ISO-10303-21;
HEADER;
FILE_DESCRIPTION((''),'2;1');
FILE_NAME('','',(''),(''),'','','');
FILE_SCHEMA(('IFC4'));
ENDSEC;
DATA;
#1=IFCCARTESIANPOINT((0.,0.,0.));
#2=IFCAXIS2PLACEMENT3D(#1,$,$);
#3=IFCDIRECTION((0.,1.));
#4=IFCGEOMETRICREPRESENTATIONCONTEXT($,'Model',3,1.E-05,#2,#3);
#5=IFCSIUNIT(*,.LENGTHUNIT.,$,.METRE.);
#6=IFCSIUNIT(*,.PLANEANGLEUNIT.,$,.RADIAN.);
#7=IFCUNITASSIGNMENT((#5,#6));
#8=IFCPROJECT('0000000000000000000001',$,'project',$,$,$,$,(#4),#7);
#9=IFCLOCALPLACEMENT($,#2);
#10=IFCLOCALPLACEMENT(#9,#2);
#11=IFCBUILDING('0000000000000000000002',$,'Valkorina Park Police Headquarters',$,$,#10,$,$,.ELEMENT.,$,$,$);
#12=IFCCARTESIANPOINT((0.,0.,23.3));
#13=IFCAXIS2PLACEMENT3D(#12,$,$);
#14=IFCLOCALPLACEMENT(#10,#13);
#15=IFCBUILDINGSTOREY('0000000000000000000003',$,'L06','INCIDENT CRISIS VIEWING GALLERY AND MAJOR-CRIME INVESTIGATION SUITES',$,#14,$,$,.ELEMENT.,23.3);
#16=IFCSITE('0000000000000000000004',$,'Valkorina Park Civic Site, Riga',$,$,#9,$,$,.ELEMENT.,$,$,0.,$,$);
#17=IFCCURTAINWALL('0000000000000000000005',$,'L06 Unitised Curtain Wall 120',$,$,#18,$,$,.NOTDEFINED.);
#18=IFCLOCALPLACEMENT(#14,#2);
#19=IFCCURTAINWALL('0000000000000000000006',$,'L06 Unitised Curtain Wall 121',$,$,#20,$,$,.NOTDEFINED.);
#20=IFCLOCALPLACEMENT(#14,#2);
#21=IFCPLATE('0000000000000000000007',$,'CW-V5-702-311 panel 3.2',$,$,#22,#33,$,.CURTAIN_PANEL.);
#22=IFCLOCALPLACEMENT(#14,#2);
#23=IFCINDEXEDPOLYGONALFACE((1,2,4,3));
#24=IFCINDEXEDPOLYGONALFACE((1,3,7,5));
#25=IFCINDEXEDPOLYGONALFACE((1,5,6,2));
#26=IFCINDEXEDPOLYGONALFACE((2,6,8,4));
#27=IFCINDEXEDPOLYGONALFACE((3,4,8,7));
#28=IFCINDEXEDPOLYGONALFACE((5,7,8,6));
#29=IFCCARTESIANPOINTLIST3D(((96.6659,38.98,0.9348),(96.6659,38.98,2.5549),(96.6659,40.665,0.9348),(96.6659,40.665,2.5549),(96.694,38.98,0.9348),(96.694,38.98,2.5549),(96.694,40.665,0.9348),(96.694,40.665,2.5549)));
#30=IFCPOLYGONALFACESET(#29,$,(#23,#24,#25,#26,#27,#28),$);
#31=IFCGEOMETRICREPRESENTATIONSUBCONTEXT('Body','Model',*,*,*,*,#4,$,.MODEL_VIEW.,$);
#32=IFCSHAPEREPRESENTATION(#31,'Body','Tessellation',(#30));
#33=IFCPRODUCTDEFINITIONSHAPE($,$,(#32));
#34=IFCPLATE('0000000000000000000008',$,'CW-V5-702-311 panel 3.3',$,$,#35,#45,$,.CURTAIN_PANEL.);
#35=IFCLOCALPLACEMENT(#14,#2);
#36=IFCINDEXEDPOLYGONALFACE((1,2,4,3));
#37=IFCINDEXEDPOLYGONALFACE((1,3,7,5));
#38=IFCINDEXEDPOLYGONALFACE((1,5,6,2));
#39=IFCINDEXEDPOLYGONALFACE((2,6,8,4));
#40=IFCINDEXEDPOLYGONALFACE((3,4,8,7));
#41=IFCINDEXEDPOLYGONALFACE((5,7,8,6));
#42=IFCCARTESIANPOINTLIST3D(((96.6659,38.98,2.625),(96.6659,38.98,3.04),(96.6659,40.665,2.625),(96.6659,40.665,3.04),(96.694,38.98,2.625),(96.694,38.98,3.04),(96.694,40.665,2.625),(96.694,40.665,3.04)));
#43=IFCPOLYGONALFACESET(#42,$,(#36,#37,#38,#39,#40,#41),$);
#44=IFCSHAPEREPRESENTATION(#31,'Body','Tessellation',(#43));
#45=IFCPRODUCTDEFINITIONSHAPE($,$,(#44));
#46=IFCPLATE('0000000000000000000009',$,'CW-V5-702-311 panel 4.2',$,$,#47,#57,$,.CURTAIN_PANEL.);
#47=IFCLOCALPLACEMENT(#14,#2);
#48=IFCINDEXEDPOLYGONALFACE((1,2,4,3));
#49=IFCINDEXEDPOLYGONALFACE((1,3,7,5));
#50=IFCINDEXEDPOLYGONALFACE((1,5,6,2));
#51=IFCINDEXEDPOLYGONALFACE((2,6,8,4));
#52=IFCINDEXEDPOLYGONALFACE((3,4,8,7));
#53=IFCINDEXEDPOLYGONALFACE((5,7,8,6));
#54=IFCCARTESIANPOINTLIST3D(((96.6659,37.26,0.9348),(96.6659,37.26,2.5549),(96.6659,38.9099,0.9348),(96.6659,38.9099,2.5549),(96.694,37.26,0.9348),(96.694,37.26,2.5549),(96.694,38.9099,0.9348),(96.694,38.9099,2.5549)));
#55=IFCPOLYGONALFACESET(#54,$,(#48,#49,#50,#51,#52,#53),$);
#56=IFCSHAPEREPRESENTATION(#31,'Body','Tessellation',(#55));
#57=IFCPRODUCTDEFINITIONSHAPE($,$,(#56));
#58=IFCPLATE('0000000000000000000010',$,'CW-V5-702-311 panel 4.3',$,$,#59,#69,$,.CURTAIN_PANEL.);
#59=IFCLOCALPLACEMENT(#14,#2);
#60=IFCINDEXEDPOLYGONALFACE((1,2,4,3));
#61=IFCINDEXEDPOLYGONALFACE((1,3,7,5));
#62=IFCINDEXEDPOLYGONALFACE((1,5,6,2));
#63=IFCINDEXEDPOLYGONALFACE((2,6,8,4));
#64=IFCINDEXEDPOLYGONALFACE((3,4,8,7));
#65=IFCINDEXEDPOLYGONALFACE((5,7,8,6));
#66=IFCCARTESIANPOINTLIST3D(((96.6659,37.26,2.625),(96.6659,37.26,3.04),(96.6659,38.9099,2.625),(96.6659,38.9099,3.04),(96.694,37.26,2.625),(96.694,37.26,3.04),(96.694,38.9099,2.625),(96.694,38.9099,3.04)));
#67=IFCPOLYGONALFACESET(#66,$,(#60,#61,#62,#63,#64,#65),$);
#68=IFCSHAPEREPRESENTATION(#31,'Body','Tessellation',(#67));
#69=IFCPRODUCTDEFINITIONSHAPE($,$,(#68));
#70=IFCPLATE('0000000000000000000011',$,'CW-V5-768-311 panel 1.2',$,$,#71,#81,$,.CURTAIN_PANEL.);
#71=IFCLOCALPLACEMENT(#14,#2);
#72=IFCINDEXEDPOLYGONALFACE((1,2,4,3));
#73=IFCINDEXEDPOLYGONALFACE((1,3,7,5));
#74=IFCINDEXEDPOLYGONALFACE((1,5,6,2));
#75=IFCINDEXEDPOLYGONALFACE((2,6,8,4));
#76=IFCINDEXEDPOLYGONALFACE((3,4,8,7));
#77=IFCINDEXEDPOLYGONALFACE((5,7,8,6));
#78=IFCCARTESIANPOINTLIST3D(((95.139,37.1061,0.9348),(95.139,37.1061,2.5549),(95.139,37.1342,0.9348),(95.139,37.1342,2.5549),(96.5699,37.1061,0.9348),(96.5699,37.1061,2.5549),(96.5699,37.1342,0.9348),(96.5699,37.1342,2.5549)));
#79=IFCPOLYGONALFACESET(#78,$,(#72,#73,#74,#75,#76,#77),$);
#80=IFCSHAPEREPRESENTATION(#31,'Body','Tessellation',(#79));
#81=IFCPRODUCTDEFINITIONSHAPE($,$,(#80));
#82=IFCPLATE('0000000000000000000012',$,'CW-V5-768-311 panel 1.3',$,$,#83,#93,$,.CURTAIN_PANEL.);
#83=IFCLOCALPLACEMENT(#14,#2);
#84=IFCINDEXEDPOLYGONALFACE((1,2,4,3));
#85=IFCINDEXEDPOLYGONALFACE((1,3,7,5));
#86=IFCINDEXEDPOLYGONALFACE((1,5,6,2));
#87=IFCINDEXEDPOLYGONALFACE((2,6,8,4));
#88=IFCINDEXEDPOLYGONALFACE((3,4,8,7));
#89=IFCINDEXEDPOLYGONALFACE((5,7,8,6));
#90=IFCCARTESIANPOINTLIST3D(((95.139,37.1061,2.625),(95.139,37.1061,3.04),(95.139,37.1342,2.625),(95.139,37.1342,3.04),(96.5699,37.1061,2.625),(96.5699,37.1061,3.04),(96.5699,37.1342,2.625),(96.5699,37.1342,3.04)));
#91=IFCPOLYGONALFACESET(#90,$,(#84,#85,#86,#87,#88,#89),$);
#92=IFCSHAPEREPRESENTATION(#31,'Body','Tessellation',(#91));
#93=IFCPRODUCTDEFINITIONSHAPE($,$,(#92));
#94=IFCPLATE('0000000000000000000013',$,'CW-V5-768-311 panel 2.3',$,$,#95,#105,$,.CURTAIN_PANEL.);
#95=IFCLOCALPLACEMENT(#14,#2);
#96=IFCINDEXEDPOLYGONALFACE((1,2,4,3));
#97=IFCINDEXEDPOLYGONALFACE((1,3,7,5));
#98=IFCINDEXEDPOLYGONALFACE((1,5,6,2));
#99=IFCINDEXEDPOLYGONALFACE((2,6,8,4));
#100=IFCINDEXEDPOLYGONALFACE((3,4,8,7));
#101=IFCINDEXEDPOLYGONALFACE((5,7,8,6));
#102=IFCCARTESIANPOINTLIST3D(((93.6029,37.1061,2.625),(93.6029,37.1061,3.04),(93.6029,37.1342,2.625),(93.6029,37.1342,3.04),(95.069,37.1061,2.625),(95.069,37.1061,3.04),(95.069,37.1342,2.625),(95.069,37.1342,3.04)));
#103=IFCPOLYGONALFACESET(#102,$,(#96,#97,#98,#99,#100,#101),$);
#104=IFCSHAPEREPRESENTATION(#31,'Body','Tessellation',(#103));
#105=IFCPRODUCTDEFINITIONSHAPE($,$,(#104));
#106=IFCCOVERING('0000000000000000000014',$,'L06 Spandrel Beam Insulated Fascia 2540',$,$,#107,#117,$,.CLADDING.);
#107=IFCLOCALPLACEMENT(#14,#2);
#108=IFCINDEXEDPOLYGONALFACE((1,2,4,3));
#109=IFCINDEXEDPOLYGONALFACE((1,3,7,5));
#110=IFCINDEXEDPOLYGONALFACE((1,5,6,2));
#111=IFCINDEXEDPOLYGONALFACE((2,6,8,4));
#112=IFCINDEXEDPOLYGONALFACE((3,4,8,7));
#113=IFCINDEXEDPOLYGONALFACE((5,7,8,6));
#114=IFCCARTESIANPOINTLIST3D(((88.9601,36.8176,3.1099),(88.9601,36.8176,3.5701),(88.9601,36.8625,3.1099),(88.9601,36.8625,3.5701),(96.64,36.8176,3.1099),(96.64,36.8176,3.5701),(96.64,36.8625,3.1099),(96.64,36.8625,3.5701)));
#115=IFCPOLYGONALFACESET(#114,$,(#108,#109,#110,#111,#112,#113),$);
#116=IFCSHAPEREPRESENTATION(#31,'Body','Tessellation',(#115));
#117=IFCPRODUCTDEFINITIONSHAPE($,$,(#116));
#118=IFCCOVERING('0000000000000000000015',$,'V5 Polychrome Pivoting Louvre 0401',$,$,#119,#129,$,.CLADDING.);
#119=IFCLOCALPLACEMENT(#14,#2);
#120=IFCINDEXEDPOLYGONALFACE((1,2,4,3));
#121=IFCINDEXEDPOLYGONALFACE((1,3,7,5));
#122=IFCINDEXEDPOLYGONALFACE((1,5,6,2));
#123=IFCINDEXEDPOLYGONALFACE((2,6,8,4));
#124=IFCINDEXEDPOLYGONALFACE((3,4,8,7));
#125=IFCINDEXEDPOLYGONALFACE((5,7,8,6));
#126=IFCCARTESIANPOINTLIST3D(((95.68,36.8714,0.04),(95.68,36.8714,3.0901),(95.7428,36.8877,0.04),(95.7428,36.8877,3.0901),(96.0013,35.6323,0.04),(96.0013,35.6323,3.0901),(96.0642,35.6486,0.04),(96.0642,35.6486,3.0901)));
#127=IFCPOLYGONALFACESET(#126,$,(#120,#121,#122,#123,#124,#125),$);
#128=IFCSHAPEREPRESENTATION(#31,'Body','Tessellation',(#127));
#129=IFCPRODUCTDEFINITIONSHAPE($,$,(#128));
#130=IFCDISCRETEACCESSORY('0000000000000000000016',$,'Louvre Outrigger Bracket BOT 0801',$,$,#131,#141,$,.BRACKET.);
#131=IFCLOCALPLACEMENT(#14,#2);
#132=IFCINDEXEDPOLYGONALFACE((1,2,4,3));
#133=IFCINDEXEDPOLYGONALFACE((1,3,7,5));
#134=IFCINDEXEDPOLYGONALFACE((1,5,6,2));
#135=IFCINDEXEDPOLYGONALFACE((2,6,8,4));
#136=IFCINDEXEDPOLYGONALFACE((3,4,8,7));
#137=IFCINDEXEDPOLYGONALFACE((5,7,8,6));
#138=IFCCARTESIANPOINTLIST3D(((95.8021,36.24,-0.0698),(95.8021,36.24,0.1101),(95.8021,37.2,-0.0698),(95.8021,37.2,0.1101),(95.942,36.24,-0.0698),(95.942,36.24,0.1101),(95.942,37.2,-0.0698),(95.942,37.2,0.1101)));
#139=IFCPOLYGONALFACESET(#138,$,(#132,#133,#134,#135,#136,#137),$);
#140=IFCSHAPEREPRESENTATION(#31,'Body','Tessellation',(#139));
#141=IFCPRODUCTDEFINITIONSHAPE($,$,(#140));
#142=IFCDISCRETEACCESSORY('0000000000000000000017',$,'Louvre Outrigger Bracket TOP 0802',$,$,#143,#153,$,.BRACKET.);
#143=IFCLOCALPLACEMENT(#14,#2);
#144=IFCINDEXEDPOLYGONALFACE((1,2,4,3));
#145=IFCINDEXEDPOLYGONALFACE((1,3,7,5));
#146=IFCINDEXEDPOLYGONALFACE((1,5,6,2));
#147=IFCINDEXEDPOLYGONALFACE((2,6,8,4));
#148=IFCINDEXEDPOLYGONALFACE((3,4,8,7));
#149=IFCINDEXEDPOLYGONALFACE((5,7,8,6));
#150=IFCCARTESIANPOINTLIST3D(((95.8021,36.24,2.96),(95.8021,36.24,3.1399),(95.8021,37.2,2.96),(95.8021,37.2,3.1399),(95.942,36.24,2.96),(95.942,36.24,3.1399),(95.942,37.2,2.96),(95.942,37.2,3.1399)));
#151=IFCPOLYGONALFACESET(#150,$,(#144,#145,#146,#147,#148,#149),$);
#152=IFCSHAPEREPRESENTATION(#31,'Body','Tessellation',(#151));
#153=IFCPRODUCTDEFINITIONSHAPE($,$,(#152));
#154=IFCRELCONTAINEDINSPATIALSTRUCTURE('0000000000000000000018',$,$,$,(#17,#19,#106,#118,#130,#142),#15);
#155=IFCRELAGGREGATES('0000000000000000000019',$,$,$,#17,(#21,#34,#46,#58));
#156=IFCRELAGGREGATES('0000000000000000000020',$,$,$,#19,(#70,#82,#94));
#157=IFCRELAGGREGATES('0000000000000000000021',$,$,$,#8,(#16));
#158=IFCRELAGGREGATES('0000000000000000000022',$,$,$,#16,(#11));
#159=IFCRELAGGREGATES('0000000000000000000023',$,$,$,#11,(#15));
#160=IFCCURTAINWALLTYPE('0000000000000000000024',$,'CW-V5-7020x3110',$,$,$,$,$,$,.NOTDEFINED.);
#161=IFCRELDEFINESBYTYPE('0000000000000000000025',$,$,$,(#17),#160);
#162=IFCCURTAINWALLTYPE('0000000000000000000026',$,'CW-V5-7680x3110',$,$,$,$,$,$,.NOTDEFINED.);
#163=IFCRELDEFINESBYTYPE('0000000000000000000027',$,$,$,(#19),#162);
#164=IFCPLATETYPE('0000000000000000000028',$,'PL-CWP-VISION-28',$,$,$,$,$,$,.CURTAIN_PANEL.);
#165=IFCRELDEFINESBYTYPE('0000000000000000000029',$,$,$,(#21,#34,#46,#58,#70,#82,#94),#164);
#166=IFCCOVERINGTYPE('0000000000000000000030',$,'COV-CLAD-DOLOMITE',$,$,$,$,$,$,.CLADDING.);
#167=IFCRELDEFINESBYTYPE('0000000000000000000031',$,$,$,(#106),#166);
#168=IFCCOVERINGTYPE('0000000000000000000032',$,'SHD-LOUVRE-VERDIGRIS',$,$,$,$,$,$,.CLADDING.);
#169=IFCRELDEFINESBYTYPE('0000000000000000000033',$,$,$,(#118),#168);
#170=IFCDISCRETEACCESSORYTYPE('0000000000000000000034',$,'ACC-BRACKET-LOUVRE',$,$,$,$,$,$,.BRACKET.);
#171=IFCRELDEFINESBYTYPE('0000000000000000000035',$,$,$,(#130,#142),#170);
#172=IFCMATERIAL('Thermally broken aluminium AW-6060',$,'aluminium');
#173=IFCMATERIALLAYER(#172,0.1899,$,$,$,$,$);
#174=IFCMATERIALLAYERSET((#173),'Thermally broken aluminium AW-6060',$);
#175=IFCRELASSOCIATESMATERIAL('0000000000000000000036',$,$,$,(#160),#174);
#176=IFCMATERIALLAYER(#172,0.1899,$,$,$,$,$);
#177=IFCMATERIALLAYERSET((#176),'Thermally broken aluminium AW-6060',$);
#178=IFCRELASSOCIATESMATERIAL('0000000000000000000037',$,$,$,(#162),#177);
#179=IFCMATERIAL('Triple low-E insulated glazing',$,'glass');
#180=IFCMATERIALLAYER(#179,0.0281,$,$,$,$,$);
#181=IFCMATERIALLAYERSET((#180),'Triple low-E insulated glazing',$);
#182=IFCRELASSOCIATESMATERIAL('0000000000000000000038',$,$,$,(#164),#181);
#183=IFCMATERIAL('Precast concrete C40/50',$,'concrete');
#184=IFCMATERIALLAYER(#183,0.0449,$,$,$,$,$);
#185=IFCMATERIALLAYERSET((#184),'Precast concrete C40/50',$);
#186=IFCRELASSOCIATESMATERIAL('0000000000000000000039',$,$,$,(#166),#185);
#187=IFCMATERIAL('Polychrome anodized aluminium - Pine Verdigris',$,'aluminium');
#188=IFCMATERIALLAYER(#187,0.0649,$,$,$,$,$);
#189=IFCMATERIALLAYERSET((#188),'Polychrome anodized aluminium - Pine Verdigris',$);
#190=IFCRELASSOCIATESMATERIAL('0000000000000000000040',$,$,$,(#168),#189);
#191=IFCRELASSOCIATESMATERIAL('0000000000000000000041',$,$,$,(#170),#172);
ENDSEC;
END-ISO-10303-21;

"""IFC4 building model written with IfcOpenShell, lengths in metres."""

from ifc_helpers import new_model, si_unit, direction, frame, frame_2d, origin, origin_2d, place, context, subcontext, project, spatial, rectangle, extrude, material, layer, layer_set, type_object, element, aggregate, save


model = new_model("IFC4")

# Units and contexts
model_context = context("Model", 3, precision=1e-05, world=origin(), true_north=direction((0.0, 1.0)))
body_context = subcontext(model_context, "Body", "Model", "MODEL_VIEW")
ifc_project = project(units=[si_unit("LENGTHUNIT", "METRE"), si_unit("PLANEANGLEUNIT", "RADIAN")], contexts=[model_context])

# Site, building, storey
site_placement = place(None, origin())
site = spatial("IfcSite", under=ifc_project, at=site_placement, Name="Valkorina Park Civic Site, Riga", CompositionType="ELEMENT", RefElevation=0.0)
building_placement = place(site_placement, origin())
building = spatial("IfcBuilding", under=site, at=building_placement, Name="Valkorina Park Police Headquarters", CompositionType="ELEMENT")
storey_placement = place(building_placement, frame((0.0, 0.0, 23.3)))
storey = spatial("IfcBuildingStorey", under=building, at=storey_placement, Name="L06", Description="INCIDENT CRISIS VIEWING GALLERY AND MAJOR-CRIME INVESTIGATION SUITES", CompositionType="ELEMENT", Elevation=23.3)

# Curtain walls
ifc_material_1 = material(Name="Thermally broken aluminium AW-6060", Category="aluminium")
ifc_layer_1 = layer(ifc_material_1, 0.1899)
ifc_layer_set_1 = layer_set([ifc_layer_1], Name="Thermally broken aluminium AW-6060")
curtain_wall_type_1 = type_object("IfcCurtainWallType", Name="CW-V5-7020x3110", PredefinedType="NOTDEFINED", material=ifc_layer_set_1)
curtain_wall_1_placement = place(storey_placement, origin())
curtain_wall_1 = element("IfcCurtainWall", 1, at=curtain_wall_1_placement, inside=storey, type_object=curtain_wall_type_1, Name="L06 Unitised Curtain Wall 120", PredefinedType="NOTDEFINED")
ifc_layer_2 = layer(ifc_material_1, 0.1899)
ifc_layer_set_2 = layer_set([ifc_layer_2], Name="Thermally broken aluminium AW-6060")
curtain_wall_type_2 = type_object("IfcCurtainWallType", Name="CW-V5-7680x3110", PredefinedType="NOTDEFINED", material=ifc_layer_set_2)
curtain_wall_2_placement = place(storey_placement, origin())
curtain_wall_2 = element("IfcCurtainWall", 2, at=curtain_wall_2_placement, inside=storey, type_object=curtain_wall_type_2, Name="L06 Unitised Curtain Wall 121", PredefinedType="NOTDEFINED")

# Plates
ifc_material_2 = material(Name="Triple low-E insulated glazing", Category="glass")
ifc_layer_3 = layer(ifc_material_2, 0.0281)
ifc_layer_set_3 = layer_set([ifc_layer_3], Name="Triple low-E insulated glazing")
plate_type_1 = type_object("IfcPlateType", Name="PL-CWP-VISION-28", PredefinedType="CURTAIN_PANEL", material=ifc_layer_set_3)
plate_1_placement = place(storey_placement, frame((96.6799, 39.8225, 0.9348), z_axis=(0.0, 0.0, 1.0), x_axis=(0.0, -1.0, 0.0)))
plate_1 = element("IfcPlate", 3, at=plate_1_placement, type_object=plate_type_1, Name="CW-V5-702-311 panel 3.2", PredefinedType="CURTAIN_PANEL", context=body_context, shape_type="SweptSolid", body=[
    extrude(rectangle(XDim=1.6851, YDim=0.0281, at=origin_2d()), origin(), (0.0, 0.0, 1.0), 1.6201),
])
plate_2_placement = place(storey_placement, frame((96.6799, 39.8225, 2.625), z_axis=(0.0, 0.0, 1.0), x_axis=(0.0, -1.0, 0.0)))
plate_2 = element("IfcPlate", 4, at=plate_2_placement, type_object=plate_type_1, Name="CW-V5-702-311 panel 3.3", PredefinedType="CURTAIN_PANEL", context=body_context, shape_type="SweptSolid", body=[
    extrude(rectangle(XDim=1.6851, YDim=0.0281, at=origin_2d()), origin(), (0.0, 0.0, 1.0), 0.415),
])
plate_3_placement = place(storey_placement, frame((96.6799, 38.085, 0.9348), z_axis=(0.0, 0.0, 1.0), x_axis=(0.0, -1.0, 0.0)))
plate_3 = element("IfcPlate", 5, at=plate_3_placement, type_object=plate_type_1, Name="CW-V5-702-311 panel 4.2", PredefinedType="CURTAIN_PANEL", context=body_context, shape_type="SweptSolid", body=[
    extrude(rectangle(XDim=1.6499, YDim=0.0281, at=origin_2d()), origin(), (0.0, 0.0, 1.0), 1.6201),
])
plate_4_placement = place(storey_placement, frame((96.6799, 38.085, 2.625), z_axis=(0.0, 0.0, 1.0), x_axis=(0.0, -1.0, 0.0)))
plate_4 = element("IfcPlate", 6, at=plate_4_placement, type_object=plate_type_1, Name="CW-V5-702-311 panel 4.3", PredefinedType="CURTAIN_PANEL", context=body_context, shape_type="SweptSolid", body=[
    extrude(rectangle(XDim=1.6499, YDim=0.0281, at=origin_2d()), origin(), (0.0, 0.0, 1.0), 0.415),
])
aggregate(curtain_wall_1, [plate_1, plate_2, plate_3, plate_4])
plate_5_placement = place(storey_placement, frame((95.8545, 37.1201, 0.9348), z_axis=(0.0, 0.0, 1.0), x_axis=(-1.0, 0.0, 0.0)))
plate_5 = element("IfcPlate", 7, at=plate_5_placement, type_object=plate_type_1, Name="CW-V5-768-311 panel 1.2", PredefinedType="CURTAIN_PANEL", context=body_context, shape_type="SweptSolid", body=[
    extrude(rectangle(XDim=1.4309, YDim=0.0281, at=origin_2d()), origin(), (0.0, 0.0, 1.0), 1.6201),
])
plate_6_placement = place(storey_placement, frame((95.8545, 37.1201, 2.625), z_axis=(0.0, 0.0, 1.0), x_axis=(-1.0, 0.0, 0.0)))
plate_6 = element("IfcPlate", 8, at=plate_6_placement, type_object=plate_type_1, Name="CW-V5-768-311 panel 1.3", PredefinedType="CURTAIN_PANEL", context=body_context, shape_type="SweptSolid", body=[
    extrude(rectangle(XDim=1.4309, YDim=0.0281, at=origin_2d()), origin(), (0.0, 0.0, 1.0), 0.415),
])
plate_7_placement = place(storey_placement, frame((94.3359, 37.1201, 2.625), z_axis=(0.0, 0.0, 1.0), x_axis=(-1.0, 0.0, 0.0)))
plate_7 = element("IfcPlate", 9, at=plate_7_placement, type_object=plate_type_1, Name="CW-V5-768-311 panel 2.3", PredefinedType="CURTAIN_PANEL", context=body_context, shape_type="SweptSolid", body=[
    extrude(rectangle(XDim=1.4661, YDim=0.0281, at=origin_2d()), origin(), (0.0, 0.0, 1.0), 0.415),
])
aggregate(curtain_wall_2, [plate_5, plate_6, plate_7])

# Covering
ifc_material_3 = material(Name="Precast concrete C40/50", Category="concrete")
ifc_layer_4 = layer(ifc_material_3, 0.0449)
ifc_layer_set_4 = layer_set([ifc_layer_4], Name="Precast concrete C40/50")
covering_type_1 = type_object("IfcCoveringType", Name="COV-CLAD-DOLOMITE", PredefinedType="CLADDING", material=ifc_layer_set_4)
covering_1_placement = place(storey_placement, frame((96.6399, 36.8401, 3.1099), z_axis=(0.0, 0.0, 1.0), x_axis=(-1.0, 0.0, 0.0)))
element("IfcCovering", 10, at=covering_1_placement, inside=storey, type_object=covering_type_1, Name="L06 Spandrel Beam Insulated Fascia 2540", PredefinedType="CLADDING", context=body_context, shape_type="SweptSolid", body=[
    extrude(rectangle(XDim=7.6799, YDim=0.0449, at=frame_2d((3.8398, 0.0))), origin(), (0.0, 0.0, 1.0), 0.4602),
])

# Covering
ifc_material_4 = material(Name="Polychrome anodized aluminium - Pine Verdigris", Category="aluminium")
ifc_layer_5 = layer(ifc_material_4, 0.0649)
ifc_layer_set_5 = layer_set([ifc_layer_5], Name="Polychrome anodized aluminium - Pine Verdigris")
covering_type_2 = type_object("IfcCoveringType", Name="SHD-LOUVRE-VERDIGRIS", PredefinedType="CLADDING", material=ifc_layer_set_5)
covering_2_placement = place(storey_placement, frame((95.8721, 36.26, 0.04), z_axis=(0.0, 0.0, 1.0), x_axis=(0.251056, -0.967973, 0.0)))
element("IfcCovering", 11, at=covering_2_placement, inside=storey, type_object=covering_type_2, Name="V5 Polychrome Pivoting Louvre 0401", PredefinedType="CLADDING", context=body_context, shape_type="SweptSolid", body=[
    extrude(rectangle(XDim=1.28, YDim=0.0649, at=origin_2d()), origin(), (0.0, 0.0, 1.0), 3.05),
])

# Discrete accessories
discrete_accessory_type = type_object("IfcDiscreteAccessoryType", Name="ACC-BRACKET-LOUVRE", PredefinedType="BRACKET", material=ifc_material_1)
for number, where, z_axis, x_axis, name in (
    (12, (95.8721, 36.72, -0.0698), (0.0, 0.0, 1.0), (0.0, -1.0, 0.0), "Louvre Outrigger Bracket BOT 0801"),
    (13, (95.8721, 36.72, 2.96), (0.0, 0.0, 1.0), (0.0, -1.0, 0.0), "Louvre Outrigger Bracket TOP 0802"),
):
    element("IfcDiscreteAccessory", number, at=place(storey_placement, frame(where, z_axis=z_axis, x_axis=x_axis)), inside=storey, type_object=discrete_accessory_type, Name=name, PredefinedType="BRACKET", context=body_context, shape_type="SweptSolid", body=[
        extrude(rectangle(XDim=0.96, YDim=0.1399, at=origin_2d()), origin(), (0.0, 0.0, 1.0), 0.1799),
    ])

save(model, "model.ifc")
